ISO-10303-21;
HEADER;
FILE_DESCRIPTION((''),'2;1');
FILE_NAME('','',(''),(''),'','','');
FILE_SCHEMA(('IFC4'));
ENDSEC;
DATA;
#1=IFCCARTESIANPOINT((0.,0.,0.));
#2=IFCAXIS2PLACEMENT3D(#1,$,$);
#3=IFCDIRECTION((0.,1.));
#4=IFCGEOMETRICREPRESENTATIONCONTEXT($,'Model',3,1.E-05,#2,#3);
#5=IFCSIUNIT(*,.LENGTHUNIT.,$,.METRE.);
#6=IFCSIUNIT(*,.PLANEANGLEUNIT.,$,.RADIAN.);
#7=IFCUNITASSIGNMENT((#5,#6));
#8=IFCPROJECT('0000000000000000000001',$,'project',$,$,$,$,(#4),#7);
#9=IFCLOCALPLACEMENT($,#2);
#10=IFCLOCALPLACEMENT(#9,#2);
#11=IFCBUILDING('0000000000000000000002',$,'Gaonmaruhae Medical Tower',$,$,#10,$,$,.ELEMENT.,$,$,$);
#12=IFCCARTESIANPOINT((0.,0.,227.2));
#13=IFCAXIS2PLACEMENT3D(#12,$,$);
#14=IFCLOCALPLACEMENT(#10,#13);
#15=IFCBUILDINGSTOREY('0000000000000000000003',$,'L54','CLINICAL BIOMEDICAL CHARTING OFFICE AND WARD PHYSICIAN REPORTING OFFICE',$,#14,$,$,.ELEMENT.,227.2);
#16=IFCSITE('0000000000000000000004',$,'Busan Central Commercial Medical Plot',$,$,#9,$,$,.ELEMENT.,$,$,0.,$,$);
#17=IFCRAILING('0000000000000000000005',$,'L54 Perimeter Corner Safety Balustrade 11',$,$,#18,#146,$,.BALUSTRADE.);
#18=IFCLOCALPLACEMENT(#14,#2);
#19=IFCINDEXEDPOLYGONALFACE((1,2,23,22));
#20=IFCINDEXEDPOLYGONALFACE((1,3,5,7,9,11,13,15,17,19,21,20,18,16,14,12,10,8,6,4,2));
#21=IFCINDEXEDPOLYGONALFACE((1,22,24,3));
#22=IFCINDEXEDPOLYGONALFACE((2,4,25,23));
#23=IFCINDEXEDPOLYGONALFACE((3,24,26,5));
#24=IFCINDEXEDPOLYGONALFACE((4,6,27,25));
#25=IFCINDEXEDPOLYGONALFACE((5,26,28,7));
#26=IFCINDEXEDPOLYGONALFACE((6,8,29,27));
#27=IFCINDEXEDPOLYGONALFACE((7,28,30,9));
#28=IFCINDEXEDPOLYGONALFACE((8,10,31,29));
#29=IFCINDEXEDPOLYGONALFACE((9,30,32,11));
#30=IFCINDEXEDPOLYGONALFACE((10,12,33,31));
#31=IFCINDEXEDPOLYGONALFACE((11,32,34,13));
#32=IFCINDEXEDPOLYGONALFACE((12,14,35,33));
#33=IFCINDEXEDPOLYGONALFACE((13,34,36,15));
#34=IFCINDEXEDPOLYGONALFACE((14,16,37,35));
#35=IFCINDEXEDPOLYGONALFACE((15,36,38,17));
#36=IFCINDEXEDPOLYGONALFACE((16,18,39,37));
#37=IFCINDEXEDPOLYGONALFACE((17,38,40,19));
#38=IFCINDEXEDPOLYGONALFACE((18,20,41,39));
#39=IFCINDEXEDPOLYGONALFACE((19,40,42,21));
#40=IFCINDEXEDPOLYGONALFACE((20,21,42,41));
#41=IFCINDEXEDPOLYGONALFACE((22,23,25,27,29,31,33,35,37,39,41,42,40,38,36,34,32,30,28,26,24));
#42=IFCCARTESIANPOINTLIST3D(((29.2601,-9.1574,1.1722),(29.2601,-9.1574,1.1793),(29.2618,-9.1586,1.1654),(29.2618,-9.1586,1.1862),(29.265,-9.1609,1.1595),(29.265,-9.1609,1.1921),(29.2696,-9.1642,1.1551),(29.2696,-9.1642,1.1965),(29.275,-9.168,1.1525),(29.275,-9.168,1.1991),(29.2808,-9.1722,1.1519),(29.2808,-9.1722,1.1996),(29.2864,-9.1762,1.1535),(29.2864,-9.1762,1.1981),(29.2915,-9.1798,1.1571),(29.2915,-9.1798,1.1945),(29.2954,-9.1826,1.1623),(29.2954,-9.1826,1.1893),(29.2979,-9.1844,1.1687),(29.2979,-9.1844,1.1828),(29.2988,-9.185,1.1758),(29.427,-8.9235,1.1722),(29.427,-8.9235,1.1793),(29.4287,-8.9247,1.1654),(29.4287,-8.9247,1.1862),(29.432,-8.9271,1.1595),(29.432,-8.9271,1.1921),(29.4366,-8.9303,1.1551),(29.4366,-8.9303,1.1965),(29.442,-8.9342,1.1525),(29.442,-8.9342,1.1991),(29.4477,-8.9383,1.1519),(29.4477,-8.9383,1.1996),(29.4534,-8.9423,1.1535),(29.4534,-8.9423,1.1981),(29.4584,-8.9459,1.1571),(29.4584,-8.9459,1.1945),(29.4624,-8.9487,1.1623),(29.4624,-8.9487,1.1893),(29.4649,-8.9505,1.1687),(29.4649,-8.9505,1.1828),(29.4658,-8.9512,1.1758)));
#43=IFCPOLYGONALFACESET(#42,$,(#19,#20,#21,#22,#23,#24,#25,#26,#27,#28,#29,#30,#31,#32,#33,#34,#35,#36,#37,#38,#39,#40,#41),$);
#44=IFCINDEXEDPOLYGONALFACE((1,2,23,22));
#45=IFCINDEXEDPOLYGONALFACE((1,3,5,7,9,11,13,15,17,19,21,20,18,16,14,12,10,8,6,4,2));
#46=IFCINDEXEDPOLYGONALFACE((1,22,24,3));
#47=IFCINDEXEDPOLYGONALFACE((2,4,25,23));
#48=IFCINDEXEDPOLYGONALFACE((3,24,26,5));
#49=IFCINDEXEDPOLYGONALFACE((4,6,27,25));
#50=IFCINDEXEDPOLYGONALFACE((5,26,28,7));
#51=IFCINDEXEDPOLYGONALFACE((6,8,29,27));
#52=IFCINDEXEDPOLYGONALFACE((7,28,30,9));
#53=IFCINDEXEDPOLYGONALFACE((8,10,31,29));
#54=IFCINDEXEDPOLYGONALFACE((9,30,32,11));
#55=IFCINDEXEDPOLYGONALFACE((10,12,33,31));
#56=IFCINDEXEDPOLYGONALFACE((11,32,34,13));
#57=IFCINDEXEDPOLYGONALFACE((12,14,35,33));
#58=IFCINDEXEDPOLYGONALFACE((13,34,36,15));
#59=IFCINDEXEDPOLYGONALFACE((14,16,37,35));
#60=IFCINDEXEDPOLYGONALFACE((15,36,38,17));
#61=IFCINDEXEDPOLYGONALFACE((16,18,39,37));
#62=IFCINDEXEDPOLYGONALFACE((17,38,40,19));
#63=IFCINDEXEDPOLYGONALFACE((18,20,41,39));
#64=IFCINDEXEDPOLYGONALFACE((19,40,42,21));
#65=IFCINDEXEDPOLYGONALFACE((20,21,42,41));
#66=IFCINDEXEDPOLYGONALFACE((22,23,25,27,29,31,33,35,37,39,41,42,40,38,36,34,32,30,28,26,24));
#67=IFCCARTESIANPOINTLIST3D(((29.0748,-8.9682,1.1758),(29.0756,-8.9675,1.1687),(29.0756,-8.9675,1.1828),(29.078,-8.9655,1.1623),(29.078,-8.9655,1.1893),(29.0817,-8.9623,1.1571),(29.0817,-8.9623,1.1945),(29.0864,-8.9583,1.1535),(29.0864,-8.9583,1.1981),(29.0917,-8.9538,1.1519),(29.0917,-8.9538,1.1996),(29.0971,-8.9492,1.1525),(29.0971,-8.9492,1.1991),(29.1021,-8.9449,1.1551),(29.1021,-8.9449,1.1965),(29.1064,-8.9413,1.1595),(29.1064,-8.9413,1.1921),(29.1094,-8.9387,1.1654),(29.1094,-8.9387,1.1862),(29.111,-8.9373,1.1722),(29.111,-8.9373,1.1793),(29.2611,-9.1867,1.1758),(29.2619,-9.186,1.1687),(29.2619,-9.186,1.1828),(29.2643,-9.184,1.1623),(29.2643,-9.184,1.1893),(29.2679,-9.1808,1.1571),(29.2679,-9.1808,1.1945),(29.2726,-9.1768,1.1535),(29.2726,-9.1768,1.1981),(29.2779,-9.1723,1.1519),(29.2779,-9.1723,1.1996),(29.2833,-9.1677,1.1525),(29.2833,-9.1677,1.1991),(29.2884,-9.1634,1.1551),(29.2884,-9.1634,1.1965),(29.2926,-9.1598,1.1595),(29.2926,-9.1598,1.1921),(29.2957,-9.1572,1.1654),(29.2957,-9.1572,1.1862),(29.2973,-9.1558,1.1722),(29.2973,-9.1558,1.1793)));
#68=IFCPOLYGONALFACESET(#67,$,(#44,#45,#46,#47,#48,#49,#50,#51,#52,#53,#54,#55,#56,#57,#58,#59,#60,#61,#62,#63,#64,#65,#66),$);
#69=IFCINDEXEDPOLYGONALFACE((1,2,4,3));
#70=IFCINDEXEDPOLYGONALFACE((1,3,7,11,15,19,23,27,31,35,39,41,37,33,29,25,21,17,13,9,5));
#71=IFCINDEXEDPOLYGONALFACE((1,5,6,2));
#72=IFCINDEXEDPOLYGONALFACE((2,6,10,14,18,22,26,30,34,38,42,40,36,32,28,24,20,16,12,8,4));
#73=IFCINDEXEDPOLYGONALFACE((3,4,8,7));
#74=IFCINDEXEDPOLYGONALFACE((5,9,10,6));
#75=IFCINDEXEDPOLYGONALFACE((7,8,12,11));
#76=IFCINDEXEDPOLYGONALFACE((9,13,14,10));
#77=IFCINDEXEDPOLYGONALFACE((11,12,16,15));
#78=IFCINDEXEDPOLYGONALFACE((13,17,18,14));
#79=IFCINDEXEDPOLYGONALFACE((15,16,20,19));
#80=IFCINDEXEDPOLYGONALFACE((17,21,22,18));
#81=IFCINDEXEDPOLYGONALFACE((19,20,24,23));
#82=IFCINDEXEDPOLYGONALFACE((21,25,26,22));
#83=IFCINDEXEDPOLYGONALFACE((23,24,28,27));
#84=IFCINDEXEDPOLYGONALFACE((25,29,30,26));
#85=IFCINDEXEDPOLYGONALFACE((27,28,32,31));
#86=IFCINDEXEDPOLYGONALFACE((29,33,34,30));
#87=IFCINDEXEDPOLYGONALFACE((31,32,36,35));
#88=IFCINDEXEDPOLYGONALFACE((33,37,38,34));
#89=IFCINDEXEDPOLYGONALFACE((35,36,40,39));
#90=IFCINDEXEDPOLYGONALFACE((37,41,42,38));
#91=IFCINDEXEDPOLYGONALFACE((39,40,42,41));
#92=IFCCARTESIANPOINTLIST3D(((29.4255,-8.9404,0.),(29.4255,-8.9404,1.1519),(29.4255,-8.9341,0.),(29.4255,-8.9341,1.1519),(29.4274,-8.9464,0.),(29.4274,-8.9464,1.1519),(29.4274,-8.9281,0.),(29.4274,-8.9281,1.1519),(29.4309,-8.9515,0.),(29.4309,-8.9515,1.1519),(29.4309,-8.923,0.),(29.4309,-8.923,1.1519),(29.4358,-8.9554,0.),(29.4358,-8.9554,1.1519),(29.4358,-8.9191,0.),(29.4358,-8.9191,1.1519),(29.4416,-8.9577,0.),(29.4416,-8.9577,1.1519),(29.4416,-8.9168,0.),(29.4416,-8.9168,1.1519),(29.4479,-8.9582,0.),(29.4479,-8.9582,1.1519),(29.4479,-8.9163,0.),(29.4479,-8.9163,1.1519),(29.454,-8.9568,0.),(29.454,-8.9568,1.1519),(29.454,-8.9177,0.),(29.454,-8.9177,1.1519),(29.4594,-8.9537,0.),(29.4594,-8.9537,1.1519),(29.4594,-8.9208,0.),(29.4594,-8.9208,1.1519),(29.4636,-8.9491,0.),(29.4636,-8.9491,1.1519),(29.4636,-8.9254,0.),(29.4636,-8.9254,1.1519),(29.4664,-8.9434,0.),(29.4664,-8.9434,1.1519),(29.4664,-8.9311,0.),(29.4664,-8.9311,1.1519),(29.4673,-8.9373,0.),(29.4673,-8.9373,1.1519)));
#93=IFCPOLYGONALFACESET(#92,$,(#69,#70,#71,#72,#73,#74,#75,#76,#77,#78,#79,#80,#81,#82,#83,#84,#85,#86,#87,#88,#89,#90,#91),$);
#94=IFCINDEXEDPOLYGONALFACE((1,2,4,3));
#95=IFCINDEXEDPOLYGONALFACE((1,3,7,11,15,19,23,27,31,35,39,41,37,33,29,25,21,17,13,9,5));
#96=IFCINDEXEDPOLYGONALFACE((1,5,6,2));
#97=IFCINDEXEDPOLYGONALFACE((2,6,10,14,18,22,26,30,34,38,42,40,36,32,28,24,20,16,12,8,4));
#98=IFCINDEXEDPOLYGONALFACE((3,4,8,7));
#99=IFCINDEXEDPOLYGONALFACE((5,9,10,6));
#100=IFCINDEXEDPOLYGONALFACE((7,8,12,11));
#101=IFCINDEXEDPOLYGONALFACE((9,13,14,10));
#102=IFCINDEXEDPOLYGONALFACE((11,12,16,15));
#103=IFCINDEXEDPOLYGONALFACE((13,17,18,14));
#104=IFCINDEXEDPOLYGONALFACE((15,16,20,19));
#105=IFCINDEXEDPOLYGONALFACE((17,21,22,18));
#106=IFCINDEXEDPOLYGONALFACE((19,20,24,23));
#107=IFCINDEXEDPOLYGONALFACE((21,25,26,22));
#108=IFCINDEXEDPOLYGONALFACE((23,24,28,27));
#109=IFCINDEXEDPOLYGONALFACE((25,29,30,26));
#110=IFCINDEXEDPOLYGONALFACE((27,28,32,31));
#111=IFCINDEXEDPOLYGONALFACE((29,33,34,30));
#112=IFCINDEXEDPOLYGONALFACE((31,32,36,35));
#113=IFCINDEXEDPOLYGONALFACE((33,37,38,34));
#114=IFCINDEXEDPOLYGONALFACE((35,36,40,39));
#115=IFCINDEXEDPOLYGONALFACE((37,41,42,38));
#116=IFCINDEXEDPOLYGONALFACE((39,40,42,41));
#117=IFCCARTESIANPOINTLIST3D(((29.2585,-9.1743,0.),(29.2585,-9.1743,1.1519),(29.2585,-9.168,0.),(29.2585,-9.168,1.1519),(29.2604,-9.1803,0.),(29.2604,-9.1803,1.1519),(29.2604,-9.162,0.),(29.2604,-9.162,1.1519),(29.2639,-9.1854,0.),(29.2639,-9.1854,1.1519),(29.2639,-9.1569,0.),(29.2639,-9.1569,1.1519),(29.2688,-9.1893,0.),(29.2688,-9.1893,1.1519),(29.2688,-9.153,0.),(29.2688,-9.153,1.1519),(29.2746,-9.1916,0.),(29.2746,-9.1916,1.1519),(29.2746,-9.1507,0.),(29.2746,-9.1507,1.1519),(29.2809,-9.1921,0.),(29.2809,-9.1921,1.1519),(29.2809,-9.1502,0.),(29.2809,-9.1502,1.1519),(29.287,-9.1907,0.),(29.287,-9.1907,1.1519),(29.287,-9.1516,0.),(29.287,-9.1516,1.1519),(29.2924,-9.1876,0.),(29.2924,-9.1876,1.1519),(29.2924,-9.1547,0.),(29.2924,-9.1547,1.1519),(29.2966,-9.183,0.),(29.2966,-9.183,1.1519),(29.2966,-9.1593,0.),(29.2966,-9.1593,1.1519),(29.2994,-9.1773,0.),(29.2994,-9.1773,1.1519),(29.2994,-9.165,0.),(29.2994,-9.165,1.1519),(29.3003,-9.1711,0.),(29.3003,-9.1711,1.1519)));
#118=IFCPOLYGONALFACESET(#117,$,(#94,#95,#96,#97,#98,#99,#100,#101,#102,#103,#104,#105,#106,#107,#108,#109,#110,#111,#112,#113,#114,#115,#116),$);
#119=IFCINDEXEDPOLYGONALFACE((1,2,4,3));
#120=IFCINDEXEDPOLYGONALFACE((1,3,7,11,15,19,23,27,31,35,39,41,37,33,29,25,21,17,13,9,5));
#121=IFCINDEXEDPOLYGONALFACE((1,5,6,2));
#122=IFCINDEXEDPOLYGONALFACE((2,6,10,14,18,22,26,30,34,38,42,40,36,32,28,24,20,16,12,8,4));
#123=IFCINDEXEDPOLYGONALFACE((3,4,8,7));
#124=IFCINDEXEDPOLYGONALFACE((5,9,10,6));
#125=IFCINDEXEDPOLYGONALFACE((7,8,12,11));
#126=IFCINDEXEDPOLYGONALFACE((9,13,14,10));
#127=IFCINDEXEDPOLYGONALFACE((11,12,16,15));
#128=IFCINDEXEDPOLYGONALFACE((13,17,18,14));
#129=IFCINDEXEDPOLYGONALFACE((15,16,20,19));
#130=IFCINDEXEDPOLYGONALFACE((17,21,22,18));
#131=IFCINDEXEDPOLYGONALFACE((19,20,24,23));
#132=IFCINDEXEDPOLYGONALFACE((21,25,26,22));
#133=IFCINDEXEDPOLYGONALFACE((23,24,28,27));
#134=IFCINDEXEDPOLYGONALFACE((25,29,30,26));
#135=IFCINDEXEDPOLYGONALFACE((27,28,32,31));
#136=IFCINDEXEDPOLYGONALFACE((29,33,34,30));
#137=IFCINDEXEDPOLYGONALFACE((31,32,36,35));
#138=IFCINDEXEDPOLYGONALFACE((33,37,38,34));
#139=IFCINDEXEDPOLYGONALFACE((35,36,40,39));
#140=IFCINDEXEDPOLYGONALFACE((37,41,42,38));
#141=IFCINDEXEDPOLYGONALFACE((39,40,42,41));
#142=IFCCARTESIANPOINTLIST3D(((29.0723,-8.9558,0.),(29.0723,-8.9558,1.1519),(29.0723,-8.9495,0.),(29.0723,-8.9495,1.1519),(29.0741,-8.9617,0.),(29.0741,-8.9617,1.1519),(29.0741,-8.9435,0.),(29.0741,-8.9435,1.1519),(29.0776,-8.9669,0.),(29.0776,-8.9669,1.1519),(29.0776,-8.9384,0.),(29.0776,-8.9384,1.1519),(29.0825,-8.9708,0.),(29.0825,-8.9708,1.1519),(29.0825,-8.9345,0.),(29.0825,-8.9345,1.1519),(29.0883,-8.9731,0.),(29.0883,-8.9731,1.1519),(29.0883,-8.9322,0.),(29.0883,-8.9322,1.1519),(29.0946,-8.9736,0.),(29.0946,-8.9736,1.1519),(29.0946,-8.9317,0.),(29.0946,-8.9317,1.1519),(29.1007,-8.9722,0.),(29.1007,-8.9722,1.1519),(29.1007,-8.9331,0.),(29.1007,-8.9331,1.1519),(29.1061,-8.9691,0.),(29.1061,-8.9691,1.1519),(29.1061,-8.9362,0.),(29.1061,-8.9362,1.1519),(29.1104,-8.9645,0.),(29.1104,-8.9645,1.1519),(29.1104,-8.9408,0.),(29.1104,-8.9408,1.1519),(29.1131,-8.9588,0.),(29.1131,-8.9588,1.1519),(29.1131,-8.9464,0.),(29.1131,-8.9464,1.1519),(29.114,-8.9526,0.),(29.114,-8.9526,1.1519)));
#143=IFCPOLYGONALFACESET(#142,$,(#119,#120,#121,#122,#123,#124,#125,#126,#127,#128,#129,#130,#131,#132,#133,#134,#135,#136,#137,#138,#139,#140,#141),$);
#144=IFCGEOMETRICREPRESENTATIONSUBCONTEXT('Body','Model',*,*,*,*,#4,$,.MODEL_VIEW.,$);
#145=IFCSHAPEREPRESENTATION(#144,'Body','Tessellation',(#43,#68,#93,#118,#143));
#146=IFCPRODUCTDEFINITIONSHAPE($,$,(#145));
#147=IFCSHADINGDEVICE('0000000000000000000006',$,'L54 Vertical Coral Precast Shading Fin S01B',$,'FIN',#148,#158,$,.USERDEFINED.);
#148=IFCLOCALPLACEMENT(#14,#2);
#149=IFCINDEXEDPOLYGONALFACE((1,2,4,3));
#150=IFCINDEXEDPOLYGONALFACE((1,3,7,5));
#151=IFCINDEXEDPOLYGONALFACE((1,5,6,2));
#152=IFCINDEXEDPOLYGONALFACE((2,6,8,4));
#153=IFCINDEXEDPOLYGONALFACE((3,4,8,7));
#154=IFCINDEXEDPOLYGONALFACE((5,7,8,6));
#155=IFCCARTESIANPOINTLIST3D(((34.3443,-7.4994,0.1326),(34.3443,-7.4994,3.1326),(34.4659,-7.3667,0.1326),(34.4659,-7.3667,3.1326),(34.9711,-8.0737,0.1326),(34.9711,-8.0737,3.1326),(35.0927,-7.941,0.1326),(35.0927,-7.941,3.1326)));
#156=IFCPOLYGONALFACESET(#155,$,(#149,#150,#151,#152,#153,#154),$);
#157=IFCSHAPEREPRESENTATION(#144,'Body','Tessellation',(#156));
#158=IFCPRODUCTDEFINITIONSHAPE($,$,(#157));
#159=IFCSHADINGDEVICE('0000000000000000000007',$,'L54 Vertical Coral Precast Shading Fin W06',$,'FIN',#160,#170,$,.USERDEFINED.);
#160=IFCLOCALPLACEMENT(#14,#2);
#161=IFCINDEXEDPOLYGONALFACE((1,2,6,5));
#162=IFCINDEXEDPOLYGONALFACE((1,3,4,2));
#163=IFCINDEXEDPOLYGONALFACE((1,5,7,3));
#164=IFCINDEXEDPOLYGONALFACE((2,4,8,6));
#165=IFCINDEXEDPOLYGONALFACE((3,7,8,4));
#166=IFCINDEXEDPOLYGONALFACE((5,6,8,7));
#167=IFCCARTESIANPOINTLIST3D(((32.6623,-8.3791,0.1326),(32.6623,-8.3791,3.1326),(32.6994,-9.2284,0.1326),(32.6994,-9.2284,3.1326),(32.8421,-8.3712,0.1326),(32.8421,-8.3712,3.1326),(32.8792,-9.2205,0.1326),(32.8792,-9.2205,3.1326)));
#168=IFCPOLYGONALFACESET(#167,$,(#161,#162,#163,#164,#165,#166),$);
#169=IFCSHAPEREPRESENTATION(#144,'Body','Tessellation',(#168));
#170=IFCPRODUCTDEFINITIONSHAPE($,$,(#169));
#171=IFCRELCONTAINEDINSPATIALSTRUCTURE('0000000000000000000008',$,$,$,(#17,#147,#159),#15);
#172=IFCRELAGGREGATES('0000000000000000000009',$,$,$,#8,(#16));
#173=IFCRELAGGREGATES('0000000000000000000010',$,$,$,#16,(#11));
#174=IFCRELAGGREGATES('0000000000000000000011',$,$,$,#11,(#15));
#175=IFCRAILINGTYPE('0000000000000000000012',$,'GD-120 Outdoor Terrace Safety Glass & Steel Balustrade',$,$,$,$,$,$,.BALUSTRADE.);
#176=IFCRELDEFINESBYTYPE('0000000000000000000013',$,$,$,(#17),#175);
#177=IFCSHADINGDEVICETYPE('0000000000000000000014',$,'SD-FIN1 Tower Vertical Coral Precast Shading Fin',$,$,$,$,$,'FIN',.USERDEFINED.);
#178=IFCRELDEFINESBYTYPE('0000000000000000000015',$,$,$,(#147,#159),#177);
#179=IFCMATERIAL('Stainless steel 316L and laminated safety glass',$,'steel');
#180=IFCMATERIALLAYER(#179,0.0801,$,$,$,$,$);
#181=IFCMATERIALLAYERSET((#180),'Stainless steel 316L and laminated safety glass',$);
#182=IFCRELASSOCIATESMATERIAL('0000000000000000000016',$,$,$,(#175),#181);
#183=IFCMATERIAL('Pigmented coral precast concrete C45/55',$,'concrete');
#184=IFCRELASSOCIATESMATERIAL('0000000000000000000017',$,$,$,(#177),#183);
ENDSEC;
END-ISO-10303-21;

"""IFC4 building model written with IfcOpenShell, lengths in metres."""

from ifc_helpers import new_model, si_unit, direction, frame, origin, origin_2d, place, context, subcontext, project, spatial, rectangle, circle, extrude, material, layer, layer_set, type_object, element, save


model = new_model("IFC4")

# Units and contexts
model_context = context("Model", 3, precision=1e-05, world=origin(), true_north=direction((0.0, 1.0)))
body_context = subcontext(model_context, "Body", "Model", "MODEL_VIEW")
ifc_project = project(units=[si_unit("LENGTHUNIT", "METRE"), si_unit("PLANEANGLEUNIT", "RADIAN")], contexts=[model_context])

# Site, building, storey
site_placement = place(None, origin())
site = spatial("IfcSite", under=ifc_project, at=site_placement, Name="Busan Central Commercial Medical Plot", CompositionType="ELEMENT", RefElevation=0.0)
building_placement = place(site_placement, origin())
building = spatial("IfcBuilding", under=site, at=building_placement, Name="Gaonmaruhae Medical Tower", CompositionType="ELEMENT")
storey_placement = place(building_placement, frame((0.0, 0.0, 227.2)))
storey = spatial("IfcBuildingStorey", under=building, at=storey_placement, Name="L54", Description="CLINICAL BIOMEDICAL CHARTING OFFICE AND WARD PHYSICIAN REPORTING OFFICE", CompositionType="ELEMENT", Elevation=227.2)

# Railing
ifc_material_1 = material(Name="Stainless steel 316L and laminated safety glass", Category="steel")
ifc_layer_1 = layer(ifc_material_1, 0.0801)
ifc_layer_set_1 = layer_set([ifc_layer_1], Name="Stainless steel 316L and laminated safety glass")
railing_type = type_object("IfcRailingType", Name="GD-120 Outdoor Terrace Safety Glass & Steel Balustrade", PredefinedType="BALUSTRADE", material=ifc_layer_set_1)
railing_1_placement = place(storey_placement, frame((29.4463, -8.9373, 0.0)))
element("IfcRailing", 1, at=railing_1_placement, inside=storey, type_object=railing_type, Name="L54 Perimeter Corner Safety Balustrade 11", PredefinedType="BALUSTRADE", context=body_context, shape_type="SweptSolid", body=[
    extrude(circle(Radius=0.0239, at=origin_2d()), frame((0.0, 0.0, 1.1758), z_axis=(-0.581077, -0.813848, 0.0), x_axis=(0.813848, -0.581077, 0.0)), (0.0, 0.0, 1.0), 0.2874),
    extrude(circle(Radius=0.0239, at=origin_2d()), frame((-0.167, -0.2339, 1.1758), z_axis=(-0.648758, 0.760994, 0.0), x_axis=(-0.760994, -0.648758, 0.0)), (0.0, 0.0, 1.0), 0.2871),
    extrude(circle(Radius=0.021, at=origin_2d()), origin(), (0.0, 0.0, 1.0), 1.1519),
    extrude(circle(Radius=0.021, at=origin_2d()), frame((-0.167, -0.2339, 0.0)), (0.0, 0.0, 1.0), 1.1519),
    extrude(circle(Radius=0.021, at=origin_2d()), frame((-0.3533, -0.0154, 0.0)), (0.0, 0.0, 1.0), 1.1519),
])

# Shading devices
ifc_material_2 = material(Name="Pigmented coral precast concrete C45/55", Category="concrete")
shading_device_type = type_object("IfcShadingDeviceType", Name="SD-FIN1 Tower Vertical Coral Precast Shading Fin", ElementType="FIN", PredefinedType="USERDEFINED", material=ifc_material_2)
for number, where, z_axis, x_axis, name in (
    (2, (34.7185, -7.7202, 0.1326), (0.0, 0.0, 1.0), (-0.67559, -0.737277, 0.0), "L54 Vertical Coral Precast Shading Fin S01B"),
    (3, (32.7708, -8.7998, 0.1326), (0.0, 0.0, 1.0), (-0.999049, -0.043602, 0.0), "L54 Vertical Coral Precast Shading Fin W06"),
):
    element("IfcShadingDevice", number, at=place(storey_placement, frame(where, z_axis=z_axis, x_axis=x_axis)), inside=storey, type_object=shading_device_type, Name=name, ObjectType="FIN", PredefinedType="USERDEFINED", context=body_context, shape_type="SweptSolid", body=[
        extrude(rectangle(XDim=0.1799, YDim=0.8501, at=origin_2d()), origin(), (0.0, 0.0, 1.0), 3.0),
    ])

save(model, "model.ifc")
